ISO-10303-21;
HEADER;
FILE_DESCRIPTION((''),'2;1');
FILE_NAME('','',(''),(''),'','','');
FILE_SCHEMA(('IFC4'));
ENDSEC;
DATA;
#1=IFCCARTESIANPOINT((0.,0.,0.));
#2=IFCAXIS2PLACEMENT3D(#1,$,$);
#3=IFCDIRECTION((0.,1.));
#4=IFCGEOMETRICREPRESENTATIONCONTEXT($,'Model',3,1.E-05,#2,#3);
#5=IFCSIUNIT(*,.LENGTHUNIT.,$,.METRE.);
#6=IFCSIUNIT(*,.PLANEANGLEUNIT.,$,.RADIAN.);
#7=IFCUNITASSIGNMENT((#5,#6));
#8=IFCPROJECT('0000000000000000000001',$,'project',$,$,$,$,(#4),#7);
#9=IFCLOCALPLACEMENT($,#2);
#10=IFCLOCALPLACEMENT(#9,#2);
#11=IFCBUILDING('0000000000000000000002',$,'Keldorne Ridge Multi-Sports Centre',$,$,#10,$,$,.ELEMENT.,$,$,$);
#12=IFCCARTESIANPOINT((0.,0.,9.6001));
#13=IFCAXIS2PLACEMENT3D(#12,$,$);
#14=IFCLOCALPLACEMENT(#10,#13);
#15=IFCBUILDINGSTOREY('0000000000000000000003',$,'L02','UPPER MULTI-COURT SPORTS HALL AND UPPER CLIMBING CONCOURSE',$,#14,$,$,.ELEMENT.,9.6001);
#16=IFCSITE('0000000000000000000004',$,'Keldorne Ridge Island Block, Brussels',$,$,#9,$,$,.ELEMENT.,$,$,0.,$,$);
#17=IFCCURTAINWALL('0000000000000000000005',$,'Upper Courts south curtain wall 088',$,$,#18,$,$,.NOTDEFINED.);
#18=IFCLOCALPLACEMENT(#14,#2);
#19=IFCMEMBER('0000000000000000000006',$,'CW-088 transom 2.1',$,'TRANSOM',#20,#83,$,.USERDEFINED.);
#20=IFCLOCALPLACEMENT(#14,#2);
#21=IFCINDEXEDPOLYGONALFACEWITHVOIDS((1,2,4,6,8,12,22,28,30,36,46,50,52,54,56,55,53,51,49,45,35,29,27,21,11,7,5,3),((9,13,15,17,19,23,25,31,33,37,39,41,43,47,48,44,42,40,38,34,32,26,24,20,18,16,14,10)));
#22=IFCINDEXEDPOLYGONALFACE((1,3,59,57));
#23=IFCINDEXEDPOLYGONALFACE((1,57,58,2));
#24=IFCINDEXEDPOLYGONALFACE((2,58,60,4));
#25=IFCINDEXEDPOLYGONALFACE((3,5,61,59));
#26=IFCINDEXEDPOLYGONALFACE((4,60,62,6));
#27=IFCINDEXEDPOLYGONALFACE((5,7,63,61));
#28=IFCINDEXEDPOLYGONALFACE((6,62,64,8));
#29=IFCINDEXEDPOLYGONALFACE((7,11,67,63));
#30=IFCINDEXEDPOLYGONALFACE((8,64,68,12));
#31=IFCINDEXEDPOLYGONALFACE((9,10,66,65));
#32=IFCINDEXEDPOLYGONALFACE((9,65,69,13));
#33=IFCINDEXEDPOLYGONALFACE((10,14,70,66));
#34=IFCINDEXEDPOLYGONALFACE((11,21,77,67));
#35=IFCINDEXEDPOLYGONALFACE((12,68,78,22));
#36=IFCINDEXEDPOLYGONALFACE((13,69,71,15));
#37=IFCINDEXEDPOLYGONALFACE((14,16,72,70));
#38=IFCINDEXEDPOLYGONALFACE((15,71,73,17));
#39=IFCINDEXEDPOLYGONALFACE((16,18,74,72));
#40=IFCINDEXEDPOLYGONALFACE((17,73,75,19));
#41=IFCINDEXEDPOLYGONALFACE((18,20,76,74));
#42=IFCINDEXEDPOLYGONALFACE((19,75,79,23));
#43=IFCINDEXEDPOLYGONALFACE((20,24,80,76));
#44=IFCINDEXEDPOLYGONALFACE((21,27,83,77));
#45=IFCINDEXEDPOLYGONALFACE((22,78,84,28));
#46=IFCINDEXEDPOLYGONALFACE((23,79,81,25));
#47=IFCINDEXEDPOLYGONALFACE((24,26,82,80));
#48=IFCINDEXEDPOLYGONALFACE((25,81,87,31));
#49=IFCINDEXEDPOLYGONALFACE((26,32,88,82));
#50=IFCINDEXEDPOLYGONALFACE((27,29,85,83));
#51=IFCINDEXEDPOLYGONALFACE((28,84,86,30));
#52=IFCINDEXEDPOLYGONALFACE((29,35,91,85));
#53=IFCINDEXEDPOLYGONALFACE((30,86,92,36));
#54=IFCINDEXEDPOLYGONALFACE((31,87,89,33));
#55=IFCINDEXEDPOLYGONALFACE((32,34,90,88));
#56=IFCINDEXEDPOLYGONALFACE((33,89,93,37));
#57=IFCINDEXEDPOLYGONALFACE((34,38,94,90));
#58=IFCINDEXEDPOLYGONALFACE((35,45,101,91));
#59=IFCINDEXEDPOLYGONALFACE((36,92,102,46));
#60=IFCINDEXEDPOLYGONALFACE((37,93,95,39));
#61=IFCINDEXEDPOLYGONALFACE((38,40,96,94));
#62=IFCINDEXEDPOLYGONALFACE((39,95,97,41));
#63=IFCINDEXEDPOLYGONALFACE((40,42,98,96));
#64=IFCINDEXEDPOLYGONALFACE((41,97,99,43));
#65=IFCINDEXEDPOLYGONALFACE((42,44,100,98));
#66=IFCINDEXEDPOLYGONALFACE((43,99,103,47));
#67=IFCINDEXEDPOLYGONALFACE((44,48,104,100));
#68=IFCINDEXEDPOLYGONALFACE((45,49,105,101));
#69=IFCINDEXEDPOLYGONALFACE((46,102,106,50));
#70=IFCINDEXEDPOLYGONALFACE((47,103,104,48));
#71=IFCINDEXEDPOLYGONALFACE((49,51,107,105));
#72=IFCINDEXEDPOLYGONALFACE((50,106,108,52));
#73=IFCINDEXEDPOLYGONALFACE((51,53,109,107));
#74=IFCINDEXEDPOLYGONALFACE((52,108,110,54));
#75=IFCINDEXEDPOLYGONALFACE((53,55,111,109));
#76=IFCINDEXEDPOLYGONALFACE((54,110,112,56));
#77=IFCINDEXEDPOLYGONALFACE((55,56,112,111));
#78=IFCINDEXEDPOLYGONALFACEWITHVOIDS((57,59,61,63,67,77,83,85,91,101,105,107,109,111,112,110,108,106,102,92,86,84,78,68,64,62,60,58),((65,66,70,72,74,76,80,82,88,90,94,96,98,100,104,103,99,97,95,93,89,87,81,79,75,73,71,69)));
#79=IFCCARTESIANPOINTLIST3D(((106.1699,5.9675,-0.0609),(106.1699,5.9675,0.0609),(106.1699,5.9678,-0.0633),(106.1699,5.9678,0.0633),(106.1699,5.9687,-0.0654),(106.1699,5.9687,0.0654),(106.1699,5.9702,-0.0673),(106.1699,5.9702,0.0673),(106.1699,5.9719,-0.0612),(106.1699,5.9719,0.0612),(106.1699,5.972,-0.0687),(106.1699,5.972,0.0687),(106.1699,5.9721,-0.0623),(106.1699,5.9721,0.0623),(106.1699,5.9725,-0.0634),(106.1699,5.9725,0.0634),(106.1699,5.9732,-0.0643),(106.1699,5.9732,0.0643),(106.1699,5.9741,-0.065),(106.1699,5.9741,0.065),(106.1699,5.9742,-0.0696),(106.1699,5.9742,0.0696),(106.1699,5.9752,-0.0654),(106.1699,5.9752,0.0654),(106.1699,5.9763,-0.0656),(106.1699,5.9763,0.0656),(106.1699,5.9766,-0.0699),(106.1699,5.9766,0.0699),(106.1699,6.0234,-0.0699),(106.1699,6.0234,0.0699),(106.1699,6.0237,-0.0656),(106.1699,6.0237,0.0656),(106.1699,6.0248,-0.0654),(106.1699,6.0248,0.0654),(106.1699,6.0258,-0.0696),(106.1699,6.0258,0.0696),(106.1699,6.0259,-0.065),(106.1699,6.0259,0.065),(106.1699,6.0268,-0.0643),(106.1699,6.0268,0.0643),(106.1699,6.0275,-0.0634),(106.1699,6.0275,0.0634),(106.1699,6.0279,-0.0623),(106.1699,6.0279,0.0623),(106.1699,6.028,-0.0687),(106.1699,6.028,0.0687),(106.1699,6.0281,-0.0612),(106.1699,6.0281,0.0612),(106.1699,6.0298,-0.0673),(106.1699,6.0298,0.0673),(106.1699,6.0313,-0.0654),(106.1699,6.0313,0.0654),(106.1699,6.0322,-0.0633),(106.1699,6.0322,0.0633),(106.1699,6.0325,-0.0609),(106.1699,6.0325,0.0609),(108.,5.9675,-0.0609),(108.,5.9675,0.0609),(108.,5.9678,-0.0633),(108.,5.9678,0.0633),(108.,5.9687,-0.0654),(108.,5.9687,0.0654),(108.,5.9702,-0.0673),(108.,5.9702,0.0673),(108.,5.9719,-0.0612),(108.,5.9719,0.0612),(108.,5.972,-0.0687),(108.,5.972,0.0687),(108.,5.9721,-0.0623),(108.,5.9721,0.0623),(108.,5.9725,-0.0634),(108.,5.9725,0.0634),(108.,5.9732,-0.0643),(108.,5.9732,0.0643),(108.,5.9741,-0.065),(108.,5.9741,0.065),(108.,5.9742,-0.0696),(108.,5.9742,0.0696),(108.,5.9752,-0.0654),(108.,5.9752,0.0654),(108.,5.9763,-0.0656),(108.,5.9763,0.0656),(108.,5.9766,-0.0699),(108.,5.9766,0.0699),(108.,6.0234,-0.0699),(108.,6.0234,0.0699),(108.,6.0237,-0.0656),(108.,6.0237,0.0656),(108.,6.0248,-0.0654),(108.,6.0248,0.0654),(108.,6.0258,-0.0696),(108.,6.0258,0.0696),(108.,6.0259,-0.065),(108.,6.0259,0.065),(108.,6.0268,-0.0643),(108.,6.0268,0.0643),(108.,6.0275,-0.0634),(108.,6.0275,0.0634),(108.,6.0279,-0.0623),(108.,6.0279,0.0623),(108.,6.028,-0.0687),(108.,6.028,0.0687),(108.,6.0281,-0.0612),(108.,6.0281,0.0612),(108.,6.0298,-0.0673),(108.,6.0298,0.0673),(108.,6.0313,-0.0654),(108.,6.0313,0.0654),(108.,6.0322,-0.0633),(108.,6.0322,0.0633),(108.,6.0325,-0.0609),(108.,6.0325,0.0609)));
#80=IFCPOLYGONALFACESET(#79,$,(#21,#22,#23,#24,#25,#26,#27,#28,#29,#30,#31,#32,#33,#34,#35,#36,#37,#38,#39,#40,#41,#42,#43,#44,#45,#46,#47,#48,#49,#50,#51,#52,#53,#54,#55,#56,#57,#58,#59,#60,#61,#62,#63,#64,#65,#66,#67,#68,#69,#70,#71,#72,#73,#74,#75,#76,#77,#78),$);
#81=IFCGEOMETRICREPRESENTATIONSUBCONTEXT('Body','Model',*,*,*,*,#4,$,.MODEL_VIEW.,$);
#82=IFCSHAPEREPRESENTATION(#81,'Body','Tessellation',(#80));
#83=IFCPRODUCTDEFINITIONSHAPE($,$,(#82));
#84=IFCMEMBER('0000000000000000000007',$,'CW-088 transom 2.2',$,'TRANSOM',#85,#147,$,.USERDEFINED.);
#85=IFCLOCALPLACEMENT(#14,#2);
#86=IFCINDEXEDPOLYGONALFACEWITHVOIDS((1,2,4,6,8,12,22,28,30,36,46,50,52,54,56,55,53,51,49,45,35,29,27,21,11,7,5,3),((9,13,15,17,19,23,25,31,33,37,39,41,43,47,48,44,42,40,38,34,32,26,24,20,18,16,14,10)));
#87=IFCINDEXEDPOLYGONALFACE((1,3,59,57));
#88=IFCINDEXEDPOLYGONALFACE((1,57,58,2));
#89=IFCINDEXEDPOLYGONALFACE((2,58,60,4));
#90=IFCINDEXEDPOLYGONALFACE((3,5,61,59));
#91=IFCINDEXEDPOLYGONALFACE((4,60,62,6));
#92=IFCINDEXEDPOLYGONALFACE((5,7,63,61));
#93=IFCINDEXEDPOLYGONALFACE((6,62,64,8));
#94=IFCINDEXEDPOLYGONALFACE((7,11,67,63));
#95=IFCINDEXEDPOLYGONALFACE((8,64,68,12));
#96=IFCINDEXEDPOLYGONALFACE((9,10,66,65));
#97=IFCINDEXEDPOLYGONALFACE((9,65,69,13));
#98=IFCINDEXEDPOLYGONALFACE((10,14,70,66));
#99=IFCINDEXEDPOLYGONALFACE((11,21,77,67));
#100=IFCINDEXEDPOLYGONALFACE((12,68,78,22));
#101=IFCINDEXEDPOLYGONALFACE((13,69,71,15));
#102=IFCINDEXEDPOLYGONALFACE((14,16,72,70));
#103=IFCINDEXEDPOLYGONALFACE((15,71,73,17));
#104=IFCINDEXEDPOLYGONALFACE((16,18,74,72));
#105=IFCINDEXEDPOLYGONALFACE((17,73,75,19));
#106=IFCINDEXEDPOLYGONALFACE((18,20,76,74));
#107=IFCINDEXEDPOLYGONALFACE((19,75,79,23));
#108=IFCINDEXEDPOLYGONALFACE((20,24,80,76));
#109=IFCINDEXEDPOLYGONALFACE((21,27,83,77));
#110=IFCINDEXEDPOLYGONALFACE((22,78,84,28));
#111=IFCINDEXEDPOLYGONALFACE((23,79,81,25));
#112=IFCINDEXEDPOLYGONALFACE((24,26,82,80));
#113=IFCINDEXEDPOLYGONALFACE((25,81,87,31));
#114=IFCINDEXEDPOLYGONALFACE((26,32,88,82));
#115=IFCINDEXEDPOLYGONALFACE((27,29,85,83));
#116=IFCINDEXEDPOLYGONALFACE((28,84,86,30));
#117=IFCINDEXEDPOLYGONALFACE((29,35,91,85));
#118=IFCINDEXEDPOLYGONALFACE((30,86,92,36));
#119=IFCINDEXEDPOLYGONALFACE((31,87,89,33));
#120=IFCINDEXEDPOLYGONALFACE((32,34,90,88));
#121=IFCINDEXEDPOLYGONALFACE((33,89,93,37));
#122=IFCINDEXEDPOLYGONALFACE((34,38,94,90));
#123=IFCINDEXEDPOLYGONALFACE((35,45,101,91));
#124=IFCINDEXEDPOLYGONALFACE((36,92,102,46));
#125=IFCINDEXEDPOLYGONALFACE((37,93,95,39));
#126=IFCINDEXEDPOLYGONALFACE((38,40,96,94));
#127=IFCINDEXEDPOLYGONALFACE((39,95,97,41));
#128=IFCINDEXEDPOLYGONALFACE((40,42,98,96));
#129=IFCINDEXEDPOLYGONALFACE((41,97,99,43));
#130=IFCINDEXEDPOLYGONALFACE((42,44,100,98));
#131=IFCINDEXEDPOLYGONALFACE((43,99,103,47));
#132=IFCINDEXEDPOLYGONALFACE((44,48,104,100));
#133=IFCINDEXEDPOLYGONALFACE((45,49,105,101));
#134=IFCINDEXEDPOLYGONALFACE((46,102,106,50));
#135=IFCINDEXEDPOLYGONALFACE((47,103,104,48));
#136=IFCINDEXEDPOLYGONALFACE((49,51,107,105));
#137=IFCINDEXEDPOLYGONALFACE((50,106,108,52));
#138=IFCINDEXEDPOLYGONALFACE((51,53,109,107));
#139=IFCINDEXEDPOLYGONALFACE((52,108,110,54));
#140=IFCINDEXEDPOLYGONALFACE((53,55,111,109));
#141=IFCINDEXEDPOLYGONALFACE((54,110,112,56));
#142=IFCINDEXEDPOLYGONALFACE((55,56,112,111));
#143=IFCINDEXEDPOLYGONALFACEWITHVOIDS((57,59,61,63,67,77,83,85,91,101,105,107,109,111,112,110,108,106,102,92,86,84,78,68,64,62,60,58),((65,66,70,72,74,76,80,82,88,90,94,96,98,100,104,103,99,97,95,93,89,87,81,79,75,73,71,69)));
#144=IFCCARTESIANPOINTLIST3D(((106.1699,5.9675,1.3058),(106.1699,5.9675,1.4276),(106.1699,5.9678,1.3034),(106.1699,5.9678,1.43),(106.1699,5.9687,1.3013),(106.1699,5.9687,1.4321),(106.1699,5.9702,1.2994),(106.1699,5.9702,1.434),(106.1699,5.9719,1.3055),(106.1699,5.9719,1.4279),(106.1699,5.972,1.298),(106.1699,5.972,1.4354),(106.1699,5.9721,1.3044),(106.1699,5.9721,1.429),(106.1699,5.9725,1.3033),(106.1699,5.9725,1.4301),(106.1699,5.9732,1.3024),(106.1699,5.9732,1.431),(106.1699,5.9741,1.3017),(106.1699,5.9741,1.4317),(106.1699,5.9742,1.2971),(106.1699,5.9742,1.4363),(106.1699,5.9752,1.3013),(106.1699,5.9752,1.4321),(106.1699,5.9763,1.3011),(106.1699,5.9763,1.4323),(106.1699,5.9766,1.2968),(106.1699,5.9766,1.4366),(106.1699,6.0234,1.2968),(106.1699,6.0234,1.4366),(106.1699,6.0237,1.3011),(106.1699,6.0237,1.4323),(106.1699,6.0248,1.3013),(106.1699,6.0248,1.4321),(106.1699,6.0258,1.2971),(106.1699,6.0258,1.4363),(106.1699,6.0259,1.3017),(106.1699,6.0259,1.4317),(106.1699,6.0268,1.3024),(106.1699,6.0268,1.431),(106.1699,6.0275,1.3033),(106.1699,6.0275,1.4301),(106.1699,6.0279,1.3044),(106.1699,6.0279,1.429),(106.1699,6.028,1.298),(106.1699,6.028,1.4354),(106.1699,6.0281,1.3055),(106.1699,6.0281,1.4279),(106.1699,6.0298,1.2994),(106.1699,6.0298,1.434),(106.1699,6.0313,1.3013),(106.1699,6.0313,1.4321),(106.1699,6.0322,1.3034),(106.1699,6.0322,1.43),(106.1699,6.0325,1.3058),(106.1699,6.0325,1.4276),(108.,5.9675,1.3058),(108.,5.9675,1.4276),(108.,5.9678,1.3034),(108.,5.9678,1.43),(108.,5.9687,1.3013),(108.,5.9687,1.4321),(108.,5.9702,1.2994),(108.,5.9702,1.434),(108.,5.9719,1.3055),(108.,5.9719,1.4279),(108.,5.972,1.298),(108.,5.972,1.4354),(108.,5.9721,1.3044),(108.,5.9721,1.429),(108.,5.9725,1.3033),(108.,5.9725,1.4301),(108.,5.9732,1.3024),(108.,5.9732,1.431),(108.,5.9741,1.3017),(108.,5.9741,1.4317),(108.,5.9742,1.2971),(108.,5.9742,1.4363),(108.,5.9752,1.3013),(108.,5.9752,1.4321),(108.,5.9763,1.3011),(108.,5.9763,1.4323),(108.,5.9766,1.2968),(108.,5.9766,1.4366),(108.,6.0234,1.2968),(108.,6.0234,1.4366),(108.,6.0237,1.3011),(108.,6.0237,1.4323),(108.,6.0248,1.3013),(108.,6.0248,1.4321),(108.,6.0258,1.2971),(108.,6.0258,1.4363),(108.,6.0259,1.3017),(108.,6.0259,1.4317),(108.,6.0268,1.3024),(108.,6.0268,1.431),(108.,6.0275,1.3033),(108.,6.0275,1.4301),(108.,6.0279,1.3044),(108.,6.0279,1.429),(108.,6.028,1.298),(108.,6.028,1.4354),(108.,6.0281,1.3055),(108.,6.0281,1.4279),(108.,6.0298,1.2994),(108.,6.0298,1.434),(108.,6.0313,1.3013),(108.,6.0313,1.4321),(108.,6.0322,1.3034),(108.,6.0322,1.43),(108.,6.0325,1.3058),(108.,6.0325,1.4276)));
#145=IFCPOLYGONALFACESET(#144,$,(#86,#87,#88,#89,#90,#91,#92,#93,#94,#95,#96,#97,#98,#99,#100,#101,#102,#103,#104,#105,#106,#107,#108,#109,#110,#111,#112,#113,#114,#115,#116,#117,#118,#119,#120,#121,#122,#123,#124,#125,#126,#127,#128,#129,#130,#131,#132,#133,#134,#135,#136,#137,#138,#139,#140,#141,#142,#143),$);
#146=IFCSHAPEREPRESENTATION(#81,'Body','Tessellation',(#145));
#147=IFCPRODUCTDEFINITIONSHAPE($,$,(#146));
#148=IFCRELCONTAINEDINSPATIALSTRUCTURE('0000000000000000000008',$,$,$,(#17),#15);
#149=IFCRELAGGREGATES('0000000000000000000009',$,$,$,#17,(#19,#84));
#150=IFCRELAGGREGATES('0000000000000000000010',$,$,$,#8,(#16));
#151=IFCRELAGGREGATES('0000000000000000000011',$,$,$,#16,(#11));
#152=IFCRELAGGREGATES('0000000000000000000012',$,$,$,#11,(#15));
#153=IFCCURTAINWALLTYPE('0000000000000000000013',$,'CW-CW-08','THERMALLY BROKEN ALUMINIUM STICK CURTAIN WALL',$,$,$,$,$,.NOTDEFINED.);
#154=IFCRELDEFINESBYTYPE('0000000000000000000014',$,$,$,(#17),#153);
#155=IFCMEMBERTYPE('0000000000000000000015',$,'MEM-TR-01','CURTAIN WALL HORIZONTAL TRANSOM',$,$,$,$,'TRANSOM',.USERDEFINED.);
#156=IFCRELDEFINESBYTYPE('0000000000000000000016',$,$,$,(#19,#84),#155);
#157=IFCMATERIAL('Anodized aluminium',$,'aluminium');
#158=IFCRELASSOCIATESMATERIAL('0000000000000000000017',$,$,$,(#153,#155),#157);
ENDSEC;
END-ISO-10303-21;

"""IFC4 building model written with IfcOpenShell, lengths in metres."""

from ifc_helpers import new_model, si_unit, direction, frame, origin, origin_2d, place, context, subcontext, project, spatial, hollow_rectangle, extrude, material, material_profile, profile_set, type_object, element, aggregate, save


model = new_model("IFC4")

# Units and contexts
model_context = context("Model", 3, precision=1e-05, world=origin(), true_north=direction((0.0, 1.0)))
body_context = subcontext(model_context, "Body", "Model", "MODEL_VIEW")
ifc_project = project(units=[si_unit("LENGTHUNIT", "METRE"), si_unit("PLANEANGLEUNIT", "RADIAN")], contexts=[model_context])

# Site, building, storey
site_placement = place(None, origin())
site = spatial("IfcSite", under=ifc_project, at=site_placement, Name="Keldorne Ridge Island Block, Brussels", CompositionType="ELEMENT", RefElevation=0.0)
building_placement = place(site_placement, origin())
building = spatial("IfcBuilding", under=site, at=building_placement, Name="Keldorne Ridge Multi-Sports Centre", CompositionType="ELEMENT")
storey_placement = place(building_placement, frame((0.0, 0.0, 9.6001)))
storey = spatial("IfcBuildingStorey", under=building, at=storey_placement, Name="L02", Description="UPPER MULTI-COURT SPORTS HALL AND UPPER CLIMBING CONCOURSE", CompositionType="ELEMENT", Elevation=9.6001)

# Curtain wall, members
ifc_material_1 = material(Name="Anodized aluminium", Category="aluminium")
curtain_wall_type = type_object("IfcCurtainWallType", Name="CW-CW-08", Description="THERMALLY BROKEN ALUMINIUM STICK CURTAIN WALL", PredefinedType="NOTDEFINED", material=ifc_material_1)
curtain_wall_placement = place(storey_placement, origin())
curtain_wall = element("IfcCurtainWall", 1, at=curtain_wall_placement, inside=storey, type_object=curtain_wall_type, Name="Upper Courts south curtain wall 088", PredefinedType="NOTDEFINED")
ifc_material_profile_1 = material_profile(ifc_material_1, hollow_rectangle(XDim=0.0649, YDim=0.1399, WallThickness=0.0044, InnerFilletRadius=0.0044, OuterFilletRadius=0.009, at=origin_2d()), Name="ALU TRANSOM 140x65x4.5")
ifc_profile_set_1 = profile_set([ifc_material_profile_1], Name="Anodized aluminium")
member_type_1 = type_object("IfcMemberType", Name="MEM-TR-01", Description="CURTAIN WALL HORIZONTAL TRANSOM", ElementType="TRANSOM", PredefinedType="USERDEFINED", material=ifc_profile_set_1)
member_1_placement = place(storey_placement, frame((106.1699, 6.0, 0.0), z_axis=(1.0, 0.0, 0.0), x_axis=(0.0, 1.0, 0.0)))
member_1 = element("IfcMember", 2, at=member_1_placement, type_object=member_type_1, Name="CW-088 transom 2.1", ObjectType="TRANSOM", PredefinedType="USERDEFINED", context=body_context, shape_type="SweptSolid", body=[
    extrude(hollow_rectangle(XDim=0.0649, YDim=0.1399, WallThickness=0.0044, InnerFilletRadius=0.0044, OuterFilletRadius=0.009, at=origin_2d()), origin(), (0.0, 0.0, 1.0), 1.8301),
])
member_2_placement = place(storey_placement, frame((106.1699, 6.0, 1.3667), z_axis=(1.0, 0.0, 0.0), x_axis=(0.0, 1.0, 0.0)))
member_2 = element("IfcMember", 3, at=member_2_placement, type_object=member_type_1, Name="CW-088 transom 2.2", ObjectType="TRANSOM", PredefinedType="USERDEFINED", context=body_context, shape_type="SweptSolid", body=[
    extrude(hollow_rectangle(XDim=0.0649, YDim=0.1399, WallThickness=0.0044, InnerFilletRadius=0.0044, OuterFilletRadius=0.009, at=origin_2d()), origin(), (0.0, 0.0, 1.0), 1.8301),
])
aggregate(curtain_wall, [member_1, member_2])

save(model, "model.ifc")
